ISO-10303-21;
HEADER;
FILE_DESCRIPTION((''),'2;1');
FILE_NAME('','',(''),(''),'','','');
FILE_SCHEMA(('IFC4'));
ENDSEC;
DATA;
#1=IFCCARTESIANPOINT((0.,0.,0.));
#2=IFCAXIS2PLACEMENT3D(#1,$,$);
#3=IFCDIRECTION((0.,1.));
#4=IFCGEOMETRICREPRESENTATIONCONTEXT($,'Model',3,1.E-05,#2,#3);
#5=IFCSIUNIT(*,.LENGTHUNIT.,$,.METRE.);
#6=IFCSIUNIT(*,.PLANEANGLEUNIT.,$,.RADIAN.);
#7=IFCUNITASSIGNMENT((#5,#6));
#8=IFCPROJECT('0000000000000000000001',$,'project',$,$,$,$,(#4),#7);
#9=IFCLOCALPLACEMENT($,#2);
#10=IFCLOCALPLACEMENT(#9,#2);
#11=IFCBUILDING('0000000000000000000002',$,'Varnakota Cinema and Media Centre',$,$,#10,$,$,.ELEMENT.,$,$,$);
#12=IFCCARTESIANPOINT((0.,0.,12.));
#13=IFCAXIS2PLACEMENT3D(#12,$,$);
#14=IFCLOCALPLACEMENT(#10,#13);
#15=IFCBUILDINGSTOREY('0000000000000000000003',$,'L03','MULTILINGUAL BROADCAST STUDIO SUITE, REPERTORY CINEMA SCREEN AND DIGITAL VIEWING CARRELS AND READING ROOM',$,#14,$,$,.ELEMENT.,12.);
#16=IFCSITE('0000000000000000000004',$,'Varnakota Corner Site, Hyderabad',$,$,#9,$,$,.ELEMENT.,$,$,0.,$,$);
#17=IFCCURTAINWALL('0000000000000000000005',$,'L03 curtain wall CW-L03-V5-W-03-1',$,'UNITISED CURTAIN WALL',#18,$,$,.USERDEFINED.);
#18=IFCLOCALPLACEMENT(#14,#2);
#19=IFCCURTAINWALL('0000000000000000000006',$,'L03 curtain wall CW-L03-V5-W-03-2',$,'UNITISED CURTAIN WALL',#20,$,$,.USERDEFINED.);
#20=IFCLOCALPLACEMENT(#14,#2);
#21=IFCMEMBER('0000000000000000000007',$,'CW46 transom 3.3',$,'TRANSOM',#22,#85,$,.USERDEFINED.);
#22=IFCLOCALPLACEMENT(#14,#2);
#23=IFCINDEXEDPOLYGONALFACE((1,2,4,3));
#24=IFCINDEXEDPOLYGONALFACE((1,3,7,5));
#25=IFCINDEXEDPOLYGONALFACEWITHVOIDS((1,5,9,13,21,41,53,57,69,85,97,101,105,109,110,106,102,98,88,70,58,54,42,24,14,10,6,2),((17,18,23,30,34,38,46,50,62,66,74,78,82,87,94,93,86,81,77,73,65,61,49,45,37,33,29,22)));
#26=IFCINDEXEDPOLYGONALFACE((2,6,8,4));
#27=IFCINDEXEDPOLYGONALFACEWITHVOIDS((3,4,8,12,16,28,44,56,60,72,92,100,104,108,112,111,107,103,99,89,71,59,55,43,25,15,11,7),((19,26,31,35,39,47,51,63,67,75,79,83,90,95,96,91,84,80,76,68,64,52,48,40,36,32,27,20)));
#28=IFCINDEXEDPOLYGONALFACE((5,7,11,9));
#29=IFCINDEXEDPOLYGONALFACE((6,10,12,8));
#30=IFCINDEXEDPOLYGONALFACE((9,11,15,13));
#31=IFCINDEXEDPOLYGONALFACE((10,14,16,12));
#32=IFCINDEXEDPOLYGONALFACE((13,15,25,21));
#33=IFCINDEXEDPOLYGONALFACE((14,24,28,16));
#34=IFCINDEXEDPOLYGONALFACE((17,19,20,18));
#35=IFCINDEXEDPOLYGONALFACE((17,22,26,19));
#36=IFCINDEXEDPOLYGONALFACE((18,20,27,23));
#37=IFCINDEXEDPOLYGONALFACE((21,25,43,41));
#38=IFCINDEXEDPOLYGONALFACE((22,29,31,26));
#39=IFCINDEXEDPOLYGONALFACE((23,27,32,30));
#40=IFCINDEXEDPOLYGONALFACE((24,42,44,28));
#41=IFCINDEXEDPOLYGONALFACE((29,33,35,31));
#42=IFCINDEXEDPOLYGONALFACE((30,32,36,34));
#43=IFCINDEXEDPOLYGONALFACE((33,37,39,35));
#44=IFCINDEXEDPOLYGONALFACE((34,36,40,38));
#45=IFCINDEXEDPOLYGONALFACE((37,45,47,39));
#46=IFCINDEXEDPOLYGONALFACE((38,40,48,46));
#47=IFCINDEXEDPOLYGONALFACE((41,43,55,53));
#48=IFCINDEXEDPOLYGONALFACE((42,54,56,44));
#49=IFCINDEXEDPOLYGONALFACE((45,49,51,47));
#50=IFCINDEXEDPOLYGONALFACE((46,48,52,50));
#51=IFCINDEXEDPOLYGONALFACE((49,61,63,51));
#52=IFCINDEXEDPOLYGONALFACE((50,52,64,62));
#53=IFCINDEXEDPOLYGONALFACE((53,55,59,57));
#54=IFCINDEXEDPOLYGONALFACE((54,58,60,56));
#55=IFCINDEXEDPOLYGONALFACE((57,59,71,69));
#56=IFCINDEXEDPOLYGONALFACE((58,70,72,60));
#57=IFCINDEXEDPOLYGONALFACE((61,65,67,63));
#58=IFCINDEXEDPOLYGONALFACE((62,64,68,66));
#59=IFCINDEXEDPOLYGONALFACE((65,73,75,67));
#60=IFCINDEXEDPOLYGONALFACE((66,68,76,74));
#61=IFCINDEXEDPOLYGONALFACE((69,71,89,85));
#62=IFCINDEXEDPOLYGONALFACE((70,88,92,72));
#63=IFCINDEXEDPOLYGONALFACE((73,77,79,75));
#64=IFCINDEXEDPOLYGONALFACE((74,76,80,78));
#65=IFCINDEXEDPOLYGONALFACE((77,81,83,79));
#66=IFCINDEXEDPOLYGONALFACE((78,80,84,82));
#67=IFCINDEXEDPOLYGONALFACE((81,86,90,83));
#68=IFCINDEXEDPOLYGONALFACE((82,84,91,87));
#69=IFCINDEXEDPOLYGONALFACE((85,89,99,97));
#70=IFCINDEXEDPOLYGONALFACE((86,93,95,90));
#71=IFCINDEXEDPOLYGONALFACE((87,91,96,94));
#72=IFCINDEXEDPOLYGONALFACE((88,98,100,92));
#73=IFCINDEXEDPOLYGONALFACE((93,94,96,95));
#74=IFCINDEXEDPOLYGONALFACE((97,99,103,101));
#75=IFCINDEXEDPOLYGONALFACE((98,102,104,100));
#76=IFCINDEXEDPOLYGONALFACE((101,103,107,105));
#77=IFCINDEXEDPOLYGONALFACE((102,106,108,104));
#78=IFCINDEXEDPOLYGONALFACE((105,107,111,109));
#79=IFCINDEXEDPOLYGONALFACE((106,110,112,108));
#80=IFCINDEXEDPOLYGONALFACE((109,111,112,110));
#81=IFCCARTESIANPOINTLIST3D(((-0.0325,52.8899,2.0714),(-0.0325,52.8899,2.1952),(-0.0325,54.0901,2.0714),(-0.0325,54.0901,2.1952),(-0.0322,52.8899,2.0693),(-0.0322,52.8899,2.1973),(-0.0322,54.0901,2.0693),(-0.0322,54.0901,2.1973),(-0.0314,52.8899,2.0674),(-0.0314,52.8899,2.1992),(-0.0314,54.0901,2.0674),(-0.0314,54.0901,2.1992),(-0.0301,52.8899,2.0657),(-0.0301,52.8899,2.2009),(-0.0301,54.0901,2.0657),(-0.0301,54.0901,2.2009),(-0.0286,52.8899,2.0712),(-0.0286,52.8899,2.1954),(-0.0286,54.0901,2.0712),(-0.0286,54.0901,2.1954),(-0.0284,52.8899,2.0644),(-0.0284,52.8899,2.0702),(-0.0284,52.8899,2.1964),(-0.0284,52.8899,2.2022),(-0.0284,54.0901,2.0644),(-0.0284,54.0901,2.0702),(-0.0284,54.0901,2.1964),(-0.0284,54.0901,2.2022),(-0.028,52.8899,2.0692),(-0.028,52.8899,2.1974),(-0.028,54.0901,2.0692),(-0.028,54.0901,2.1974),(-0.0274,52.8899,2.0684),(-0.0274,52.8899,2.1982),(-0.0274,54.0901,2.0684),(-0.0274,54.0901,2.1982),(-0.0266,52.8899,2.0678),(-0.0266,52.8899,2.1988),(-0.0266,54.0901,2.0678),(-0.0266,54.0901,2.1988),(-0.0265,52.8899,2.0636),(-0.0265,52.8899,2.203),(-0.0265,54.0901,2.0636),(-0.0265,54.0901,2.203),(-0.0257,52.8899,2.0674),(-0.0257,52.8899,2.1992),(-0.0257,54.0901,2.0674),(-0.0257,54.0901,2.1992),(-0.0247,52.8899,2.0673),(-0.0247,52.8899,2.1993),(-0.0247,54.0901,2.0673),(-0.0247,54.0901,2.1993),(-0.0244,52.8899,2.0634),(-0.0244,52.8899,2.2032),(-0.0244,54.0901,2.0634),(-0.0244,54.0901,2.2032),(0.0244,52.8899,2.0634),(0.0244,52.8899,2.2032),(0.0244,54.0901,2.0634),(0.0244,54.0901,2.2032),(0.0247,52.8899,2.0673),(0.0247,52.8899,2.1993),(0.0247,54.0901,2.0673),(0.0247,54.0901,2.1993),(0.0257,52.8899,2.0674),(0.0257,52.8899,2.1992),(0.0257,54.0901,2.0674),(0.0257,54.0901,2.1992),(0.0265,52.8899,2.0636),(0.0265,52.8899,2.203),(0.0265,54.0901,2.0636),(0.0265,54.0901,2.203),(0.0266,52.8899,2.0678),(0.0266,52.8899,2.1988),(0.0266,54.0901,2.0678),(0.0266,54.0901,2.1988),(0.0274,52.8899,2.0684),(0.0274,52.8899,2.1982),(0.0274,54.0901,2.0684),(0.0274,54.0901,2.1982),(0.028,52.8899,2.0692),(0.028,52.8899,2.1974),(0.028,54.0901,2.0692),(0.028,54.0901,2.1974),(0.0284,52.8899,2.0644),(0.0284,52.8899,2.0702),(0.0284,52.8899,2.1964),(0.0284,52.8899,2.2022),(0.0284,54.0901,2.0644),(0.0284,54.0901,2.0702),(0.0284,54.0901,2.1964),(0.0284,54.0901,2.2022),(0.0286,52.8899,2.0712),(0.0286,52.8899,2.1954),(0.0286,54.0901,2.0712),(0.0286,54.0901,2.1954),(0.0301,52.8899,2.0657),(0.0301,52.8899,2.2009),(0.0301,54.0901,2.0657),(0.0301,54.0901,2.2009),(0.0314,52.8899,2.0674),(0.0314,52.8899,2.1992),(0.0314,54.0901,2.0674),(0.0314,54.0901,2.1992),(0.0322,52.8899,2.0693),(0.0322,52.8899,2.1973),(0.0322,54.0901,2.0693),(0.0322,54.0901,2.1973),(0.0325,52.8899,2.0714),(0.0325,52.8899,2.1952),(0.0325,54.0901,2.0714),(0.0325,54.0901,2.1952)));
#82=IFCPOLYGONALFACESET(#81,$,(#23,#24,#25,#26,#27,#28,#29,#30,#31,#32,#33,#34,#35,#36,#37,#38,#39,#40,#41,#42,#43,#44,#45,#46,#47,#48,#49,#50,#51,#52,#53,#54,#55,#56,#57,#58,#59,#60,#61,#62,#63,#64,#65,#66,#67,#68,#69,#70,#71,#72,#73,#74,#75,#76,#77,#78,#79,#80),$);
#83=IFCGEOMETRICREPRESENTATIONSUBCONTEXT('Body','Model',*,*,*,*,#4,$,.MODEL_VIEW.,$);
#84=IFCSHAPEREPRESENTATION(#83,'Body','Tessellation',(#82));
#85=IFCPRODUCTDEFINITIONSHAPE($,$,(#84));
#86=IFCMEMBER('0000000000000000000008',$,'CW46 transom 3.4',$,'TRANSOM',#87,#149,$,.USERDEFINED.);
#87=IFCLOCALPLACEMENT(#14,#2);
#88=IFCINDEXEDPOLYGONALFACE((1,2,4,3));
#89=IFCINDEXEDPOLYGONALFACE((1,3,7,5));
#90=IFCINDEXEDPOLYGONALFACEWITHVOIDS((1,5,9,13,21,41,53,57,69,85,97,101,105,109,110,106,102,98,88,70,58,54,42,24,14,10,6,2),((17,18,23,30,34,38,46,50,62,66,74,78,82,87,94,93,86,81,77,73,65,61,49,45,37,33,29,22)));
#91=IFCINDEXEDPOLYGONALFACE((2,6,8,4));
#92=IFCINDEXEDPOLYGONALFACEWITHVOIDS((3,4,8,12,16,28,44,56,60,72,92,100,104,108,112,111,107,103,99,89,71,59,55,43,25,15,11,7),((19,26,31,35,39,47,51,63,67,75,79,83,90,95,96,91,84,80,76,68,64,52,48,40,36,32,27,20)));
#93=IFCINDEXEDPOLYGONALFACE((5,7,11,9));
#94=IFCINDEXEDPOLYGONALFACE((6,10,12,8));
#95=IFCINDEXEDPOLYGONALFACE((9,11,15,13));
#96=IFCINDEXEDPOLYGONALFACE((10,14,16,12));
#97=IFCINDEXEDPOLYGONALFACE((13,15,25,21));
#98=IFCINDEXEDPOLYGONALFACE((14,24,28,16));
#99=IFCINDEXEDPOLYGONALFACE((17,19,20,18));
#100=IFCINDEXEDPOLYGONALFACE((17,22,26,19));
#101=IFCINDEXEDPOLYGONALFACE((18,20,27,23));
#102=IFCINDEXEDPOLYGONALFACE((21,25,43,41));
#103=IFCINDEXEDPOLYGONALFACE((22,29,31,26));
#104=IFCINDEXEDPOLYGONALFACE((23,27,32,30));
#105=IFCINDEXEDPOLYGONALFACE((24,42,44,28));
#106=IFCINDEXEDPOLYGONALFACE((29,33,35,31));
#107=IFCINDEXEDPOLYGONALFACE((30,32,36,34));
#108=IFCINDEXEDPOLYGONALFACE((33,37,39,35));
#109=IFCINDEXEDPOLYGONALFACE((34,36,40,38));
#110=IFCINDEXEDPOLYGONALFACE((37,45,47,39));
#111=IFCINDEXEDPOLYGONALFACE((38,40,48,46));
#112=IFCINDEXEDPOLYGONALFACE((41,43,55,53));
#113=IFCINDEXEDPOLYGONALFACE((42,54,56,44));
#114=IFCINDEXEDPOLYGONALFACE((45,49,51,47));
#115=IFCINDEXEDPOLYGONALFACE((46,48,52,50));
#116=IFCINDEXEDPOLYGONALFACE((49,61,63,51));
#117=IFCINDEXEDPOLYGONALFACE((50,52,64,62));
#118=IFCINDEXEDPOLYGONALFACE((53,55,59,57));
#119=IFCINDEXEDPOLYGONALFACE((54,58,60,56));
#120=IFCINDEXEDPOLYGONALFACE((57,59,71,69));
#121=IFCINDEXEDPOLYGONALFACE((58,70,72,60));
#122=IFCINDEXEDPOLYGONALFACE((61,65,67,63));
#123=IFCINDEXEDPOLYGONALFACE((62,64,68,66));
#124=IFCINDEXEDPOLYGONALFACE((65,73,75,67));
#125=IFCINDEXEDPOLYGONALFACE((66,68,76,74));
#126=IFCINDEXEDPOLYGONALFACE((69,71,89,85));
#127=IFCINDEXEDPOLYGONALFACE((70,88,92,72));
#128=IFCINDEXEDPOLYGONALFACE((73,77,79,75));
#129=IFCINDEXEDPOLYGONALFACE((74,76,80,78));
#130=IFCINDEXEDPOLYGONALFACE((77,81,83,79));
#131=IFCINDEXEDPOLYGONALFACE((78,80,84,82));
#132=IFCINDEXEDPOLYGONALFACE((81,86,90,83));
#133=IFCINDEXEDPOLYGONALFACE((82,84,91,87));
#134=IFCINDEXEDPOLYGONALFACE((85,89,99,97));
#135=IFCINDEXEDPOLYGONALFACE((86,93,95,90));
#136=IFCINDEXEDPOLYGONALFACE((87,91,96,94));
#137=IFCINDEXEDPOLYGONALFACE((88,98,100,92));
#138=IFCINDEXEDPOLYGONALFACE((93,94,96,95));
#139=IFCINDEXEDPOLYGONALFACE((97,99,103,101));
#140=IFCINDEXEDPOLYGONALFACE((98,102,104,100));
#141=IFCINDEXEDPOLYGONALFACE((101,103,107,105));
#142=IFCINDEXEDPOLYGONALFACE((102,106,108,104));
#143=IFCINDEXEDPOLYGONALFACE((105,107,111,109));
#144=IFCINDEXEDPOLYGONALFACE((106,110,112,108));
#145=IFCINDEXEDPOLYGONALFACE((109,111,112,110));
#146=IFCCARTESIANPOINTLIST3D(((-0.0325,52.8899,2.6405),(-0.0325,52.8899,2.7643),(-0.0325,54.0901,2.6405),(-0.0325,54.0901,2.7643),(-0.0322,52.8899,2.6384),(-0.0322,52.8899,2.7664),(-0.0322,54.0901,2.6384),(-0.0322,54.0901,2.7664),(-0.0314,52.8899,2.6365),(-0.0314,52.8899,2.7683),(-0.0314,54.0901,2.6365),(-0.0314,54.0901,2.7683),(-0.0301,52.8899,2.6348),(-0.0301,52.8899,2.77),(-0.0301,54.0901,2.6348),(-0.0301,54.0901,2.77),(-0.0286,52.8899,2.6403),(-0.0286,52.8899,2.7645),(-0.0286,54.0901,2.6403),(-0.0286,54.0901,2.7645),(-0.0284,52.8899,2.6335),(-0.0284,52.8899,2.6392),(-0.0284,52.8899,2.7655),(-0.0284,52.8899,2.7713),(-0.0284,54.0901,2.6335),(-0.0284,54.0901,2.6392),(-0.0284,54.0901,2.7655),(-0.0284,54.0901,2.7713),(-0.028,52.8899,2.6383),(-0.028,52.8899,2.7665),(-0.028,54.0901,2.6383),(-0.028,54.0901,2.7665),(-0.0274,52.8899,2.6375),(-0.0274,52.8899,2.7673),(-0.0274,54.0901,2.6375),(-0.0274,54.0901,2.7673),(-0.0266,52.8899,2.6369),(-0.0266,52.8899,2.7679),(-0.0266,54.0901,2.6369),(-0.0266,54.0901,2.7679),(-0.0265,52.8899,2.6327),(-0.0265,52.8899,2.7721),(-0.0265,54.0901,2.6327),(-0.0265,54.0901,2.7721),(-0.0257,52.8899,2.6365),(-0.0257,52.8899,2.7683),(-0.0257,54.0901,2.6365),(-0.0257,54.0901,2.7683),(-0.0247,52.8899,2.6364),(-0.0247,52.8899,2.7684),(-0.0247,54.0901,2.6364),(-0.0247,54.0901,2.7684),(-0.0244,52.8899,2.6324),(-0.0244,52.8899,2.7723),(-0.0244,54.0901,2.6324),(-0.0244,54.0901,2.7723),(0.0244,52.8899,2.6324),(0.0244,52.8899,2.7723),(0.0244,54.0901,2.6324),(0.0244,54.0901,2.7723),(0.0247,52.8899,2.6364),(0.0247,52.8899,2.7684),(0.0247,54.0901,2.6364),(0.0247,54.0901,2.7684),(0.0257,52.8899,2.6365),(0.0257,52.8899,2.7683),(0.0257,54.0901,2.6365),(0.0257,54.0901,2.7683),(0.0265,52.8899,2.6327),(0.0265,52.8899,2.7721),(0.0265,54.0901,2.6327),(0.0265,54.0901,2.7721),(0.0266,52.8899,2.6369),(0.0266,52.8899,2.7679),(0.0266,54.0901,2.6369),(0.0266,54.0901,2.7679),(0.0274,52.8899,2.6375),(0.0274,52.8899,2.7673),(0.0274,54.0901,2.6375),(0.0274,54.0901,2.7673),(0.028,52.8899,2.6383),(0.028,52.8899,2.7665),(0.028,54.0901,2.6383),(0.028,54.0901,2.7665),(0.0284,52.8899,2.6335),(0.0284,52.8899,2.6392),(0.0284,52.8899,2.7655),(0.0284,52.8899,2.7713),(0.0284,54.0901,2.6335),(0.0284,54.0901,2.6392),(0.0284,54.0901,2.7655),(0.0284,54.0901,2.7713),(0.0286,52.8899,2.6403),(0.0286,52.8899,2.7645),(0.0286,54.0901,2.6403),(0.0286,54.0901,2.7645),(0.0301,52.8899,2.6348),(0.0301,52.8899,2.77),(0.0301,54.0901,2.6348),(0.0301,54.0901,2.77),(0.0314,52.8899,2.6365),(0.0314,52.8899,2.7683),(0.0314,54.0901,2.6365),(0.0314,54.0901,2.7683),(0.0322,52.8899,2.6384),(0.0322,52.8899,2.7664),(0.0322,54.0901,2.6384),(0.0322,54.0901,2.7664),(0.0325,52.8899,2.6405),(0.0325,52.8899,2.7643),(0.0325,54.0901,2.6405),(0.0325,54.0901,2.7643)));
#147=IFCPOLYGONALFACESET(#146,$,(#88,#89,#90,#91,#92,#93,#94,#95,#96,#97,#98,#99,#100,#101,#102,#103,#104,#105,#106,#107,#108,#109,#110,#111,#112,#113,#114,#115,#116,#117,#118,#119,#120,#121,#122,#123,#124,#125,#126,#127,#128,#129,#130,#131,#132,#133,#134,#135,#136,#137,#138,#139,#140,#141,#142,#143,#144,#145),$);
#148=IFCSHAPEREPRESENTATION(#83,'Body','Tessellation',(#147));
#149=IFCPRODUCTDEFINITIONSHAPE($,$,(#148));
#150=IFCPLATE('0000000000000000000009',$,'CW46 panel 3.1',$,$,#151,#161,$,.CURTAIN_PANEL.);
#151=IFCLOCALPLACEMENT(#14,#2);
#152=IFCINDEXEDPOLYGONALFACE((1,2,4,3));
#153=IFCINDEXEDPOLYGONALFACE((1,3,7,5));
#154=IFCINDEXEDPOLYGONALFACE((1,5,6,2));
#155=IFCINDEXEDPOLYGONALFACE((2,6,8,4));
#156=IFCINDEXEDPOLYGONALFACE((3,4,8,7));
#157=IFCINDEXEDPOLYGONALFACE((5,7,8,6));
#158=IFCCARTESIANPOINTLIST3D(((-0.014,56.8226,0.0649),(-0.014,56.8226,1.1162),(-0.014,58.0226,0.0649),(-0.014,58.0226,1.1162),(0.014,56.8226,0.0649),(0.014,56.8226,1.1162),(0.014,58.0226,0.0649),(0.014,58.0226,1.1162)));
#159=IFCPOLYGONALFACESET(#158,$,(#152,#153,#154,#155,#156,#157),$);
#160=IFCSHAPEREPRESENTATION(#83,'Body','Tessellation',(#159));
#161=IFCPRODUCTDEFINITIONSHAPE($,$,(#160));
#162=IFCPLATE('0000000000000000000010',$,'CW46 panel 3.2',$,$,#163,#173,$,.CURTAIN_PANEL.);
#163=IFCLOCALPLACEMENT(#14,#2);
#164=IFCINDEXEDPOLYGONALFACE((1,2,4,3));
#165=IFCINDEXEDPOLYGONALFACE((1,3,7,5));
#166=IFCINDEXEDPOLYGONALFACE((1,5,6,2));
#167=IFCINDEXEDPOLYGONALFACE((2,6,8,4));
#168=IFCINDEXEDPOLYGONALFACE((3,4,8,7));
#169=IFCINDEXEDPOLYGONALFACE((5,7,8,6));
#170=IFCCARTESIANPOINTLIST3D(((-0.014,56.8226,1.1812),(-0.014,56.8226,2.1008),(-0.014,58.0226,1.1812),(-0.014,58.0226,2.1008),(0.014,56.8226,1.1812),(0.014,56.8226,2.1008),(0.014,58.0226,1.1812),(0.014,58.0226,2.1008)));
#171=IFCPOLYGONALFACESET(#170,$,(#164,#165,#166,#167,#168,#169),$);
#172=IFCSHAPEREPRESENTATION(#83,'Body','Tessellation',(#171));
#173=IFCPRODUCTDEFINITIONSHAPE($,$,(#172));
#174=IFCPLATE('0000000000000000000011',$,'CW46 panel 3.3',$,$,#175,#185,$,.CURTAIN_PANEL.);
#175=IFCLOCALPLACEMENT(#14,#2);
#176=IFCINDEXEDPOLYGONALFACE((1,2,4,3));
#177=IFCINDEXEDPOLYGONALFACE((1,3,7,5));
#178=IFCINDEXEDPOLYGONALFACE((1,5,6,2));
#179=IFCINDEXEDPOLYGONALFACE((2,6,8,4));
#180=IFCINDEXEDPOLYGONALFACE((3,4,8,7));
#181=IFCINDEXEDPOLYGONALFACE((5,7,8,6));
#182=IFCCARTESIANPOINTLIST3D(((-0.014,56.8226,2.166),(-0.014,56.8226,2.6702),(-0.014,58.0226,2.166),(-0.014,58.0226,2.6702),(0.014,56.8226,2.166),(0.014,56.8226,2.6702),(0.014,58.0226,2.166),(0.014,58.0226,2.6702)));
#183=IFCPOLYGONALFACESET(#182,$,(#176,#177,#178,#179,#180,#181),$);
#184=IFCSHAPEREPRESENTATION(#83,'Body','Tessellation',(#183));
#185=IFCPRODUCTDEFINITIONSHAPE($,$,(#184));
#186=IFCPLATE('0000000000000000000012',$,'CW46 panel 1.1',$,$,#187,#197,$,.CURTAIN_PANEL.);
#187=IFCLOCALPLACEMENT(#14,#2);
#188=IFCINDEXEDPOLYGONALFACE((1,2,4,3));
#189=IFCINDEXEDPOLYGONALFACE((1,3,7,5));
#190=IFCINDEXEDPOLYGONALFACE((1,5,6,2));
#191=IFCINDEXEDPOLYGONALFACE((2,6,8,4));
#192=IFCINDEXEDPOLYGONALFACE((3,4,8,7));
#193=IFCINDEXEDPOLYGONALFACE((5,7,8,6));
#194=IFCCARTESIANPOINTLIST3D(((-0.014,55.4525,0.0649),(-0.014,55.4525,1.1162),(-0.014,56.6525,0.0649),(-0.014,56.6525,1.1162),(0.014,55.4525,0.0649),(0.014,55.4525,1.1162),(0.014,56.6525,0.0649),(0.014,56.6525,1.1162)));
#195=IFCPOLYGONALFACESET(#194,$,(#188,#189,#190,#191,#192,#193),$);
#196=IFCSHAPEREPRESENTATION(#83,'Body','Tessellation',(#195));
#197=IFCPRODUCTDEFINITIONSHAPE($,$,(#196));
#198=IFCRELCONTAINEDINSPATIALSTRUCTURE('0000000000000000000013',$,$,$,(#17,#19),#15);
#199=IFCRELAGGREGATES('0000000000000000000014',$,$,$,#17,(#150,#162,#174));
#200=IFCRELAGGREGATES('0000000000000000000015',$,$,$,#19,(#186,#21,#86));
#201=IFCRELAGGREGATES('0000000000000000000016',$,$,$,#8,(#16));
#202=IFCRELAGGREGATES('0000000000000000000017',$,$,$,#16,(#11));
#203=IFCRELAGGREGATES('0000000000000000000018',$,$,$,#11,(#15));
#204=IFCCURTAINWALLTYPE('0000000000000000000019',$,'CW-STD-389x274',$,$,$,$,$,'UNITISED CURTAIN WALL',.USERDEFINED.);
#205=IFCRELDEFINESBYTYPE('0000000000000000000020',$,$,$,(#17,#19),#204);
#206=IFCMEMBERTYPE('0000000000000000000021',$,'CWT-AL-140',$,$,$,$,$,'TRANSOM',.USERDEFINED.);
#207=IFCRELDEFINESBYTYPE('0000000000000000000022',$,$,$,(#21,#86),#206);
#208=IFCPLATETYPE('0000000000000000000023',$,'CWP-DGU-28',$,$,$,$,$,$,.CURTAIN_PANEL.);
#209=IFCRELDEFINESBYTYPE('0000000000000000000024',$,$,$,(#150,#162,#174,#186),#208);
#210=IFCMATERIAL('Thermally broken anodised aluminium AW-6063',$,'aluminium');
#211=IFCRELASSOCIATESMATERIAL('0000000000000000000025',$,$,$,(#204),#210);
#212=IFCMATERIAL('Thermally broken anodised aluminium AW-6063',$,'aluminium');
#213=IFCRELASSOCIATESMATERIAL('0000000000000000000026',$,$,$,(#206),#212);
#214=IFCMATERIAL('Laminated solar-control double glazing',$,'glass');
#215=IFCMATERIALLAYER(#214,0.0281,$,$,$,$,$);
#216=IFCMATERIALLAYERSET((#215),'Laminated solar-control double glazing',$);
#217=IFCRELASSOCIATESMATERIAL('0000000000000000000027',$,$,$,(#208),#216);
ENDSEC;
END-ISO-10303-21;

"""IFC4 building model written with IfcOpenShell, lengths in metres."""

from ifc_helpers import new_model, si_unit, direction, frame, origin, origin_2d, place, context, subcontext, project, spatial, rectangle, hollow_rectangle, extrude, material, layer, layer_set, material_profile, profile_set, type_object, element, aggregate, save


model = new_model("IFC4")

# Units and contexts
model_context = context("Model", 3, precision=1e-05, world=origin(), true_north=direction((0.0, 1.0)))
body_context = subcontext(model_context, "Body", "Model", "MODEL_VIEW")
ifc_project = project(units=[si_unit("LENGTHUNIT", "METRE"), si_unit("PLANEANGLEUNIT", "RADIAN")], contexts=[model_context])

# Site, building, storey
site_placement = place(None, origin())
site = spatial("IfcSite", under=ifc_project, at=site_placement, Name="Varnakota Corner Site, Hyderabad", CompositionType="ELEMENT", RefElevation=0.0)
building_placement = place(site_placement, origin())
building = spatial("IfcBuilding", under=site, at=building_placement, Name="Varnakota Cinema and Media Centre", CompositionType="ELEMENT")
storey_placement = place(building_placement, frame((0.0, 0.0, 12.0)))
storey = spatial("IfcBuildingStorey", under=building, at=storey_placement, Name="L03", Description="MULTILINGUAL BROADCAST STUDIO SUITE, REPERTORY CINEMA SCREEN AND DIGITAL VIEWING CARRELS AND READING ROOM", CompositionType="ELEMENT", Elevation=12.0)

# Curtain wall
ifc_material_1 = material(Name="Thermally broken anodised aluminium AW-6063", Category="aluminium")
curtain_wall_type = type_object("IfcCurtainWallType", Name="CW-STD-389x274", ElementType="UNITISED CURTAIN WALL", PredefinedType="USERDEFINED", material=ifc_material_1)
curtain_wall_1_placement = place(storey_placement, origin())
curtain_wall_1 = element("IfcCurtainWall", 1, at=curtain_wall_1_placement, inside=storey, type_object=curtain_wall_type, Name="L03 curtain wall CW-L03-V5-W-03-1", ObjectType="UNITISED CURTAIN WALL", PredefinedType="USERDEFINED")

# Curtain wall, members
curtain_wall_2_placement = place(storey_placement, origin())
curtain_wall_2 = element("IfcCurtainWall", 2, at=curtain_wall_2_placement, inside=storey, type_object=curtain_wall_type, Name="L03 curtain wall CW-L03-V5-W-03-2", ObjectType="UNITISED CURTAIN WALL", PredefinedType="USERDEFINED")
ifc_material_2 = material(Name="Thermally broken anodised aluminium AW-6063", Category="aluminium")
ifc_material_profile_1 = material_profile(ifc_material_2, hollow_rectangle(XDim=0.0649, YDim=0.1399, WallThickness=0.0039, InnerFilletRadius=0.0039, OuterFilletRadius=0.0081, at=origin_2d()), Name="AL-TRANSOM 140x65x4")
ifc_profile_set_1 = profile_set([ifc_material_profile_1], Name="Thermally broken anodised aluminium AW-6063")
member_type_1 = type_object("IfcMemberType", Name="CWT-AL-140", ElementType="TRANSOM", PredefinedType="USERDEFINED", material=ifc_profile_set_1)
member_1_placement = place(storey_placement, frame((0.0, 54.0901, 2.1333), z_axis=(0.0, -1.0, 0.0), x_axis=(1.0, 0.0, 0.0)))
member_1 = element("IfcMember", 3, at=member_1_placement, type_object=member_type_1, Name="CW46 transom 3.3", ObjectType="TRANSOM", PredefinedType="USERDEFINED", context=body_context, shape_type="SweptSolid", body=[
    extrude(hollow_rectangle(XDim=0.0649, YDim=0.1399, WallThickness=0.0039, InnerFilletRadius=0.0039, OuterFilletRadius=0.0081, at=origin_2d()), origin(), (0.0, 0.0, 1.0), 1.2002),
])
member_2_placement = place(storey_placement, frame((0.0, 54.0901, 2.7024), z_axis=(0.0, -1.0, 0.0), x_axis=(1.0, 0.0, 0.0)))
member_2 = element("IfcMember", 4, at=member_2_placement, type_object=member_type_1, Name="CW46 transom 3.4", ObjectType="TRANSOM", PredefinedType="USERDEFINED", context=body_context, shape_type="SweptSolid", body=[
    extrude(hollow_rectangle(XDim=0.0649, YDim=0.1399, WallThickness=0.0039, InnerFilletRadius=0.0039, OuterFilletRadius=0.0081, at=origin_2d()), origin(), (0.0, 0.0, 1.0), 1.2002),
])

# Plates
ifc_material_3 = material(Name="Laminated solar-control double glazing", Category="glass")
ifc_layer = layer(ifc_material_3, 0.0281)
ifc_layer_set = layer_set([ifc_layer], Name="Laminated solar-control double glazing")
plate_type = type_object("IfcPlateType", Name="CWP-DGU-28", PredefinedType="CURTAIN_PANEL", material=ifc_layer_set)
plate_1_placement = place(storey_placement, frame((0.0, 57.4226, 0.0649), z_axis=(0.0, 0.0, 1.0), x_axis=(0.0, -1.0, 0.0)))
plate_1 = element("IfcPlate", 5, at=plate_1_placement, type_object=plate_type, Name="CW46 panel 3.1", PredefinedType="CURTAIN_PANEL", context=body_context, shape_type="SweptSolid", body=[
    extrude(rectangle(XDim=1.2, YDim=0.0281, at=origin_2d()), origin(), (0.0, 0.0, 1.0), 1.0513),
])
plate_2_placement = place(storey_placement, frame((0.0, 57.4226, 1.1812), z_axis=(0.0, 0.0, 1.0), x_axis=(0.0, -1.0, 0.0)))
plate_2 = element("IfcPlate", 6, at=plate_2_placement, type_object=plate_type, Name="CW46 panel 3.2", PredefinedType="CURTAIN_PANEL", context=body_context, shape_type="SweptSolid", body=[
    extrude(rectangle(XDim=1.2, YDim=0.0281, at=origin_2d()), origin(), (0.0, 0.0, 1.0), 0.9197),
])
plate_3_placement = place(storey_placement, frame((0.0, 57.4226, 2.166), z_axis=(0.0, 0.0, 1.0), x_axis=(0.0, -1.0, 0.0)))
plate_3 = element("IfcPlate", 7, at=plate_3_placement, type_object=plate_type, Name="CW46 panel 3.3", PredefinedType="CURTAIN_PANEL", context=body_context, shape_type="SweptSolid", body=[
    extrude(rectangle(XDim=1.2, YDim=0.0281, at=origin_2d()), origin(), (0.0, 0.0, 1.0), 0.5042),
])
aggregate(curtain_wall_1, [plate_1, plate_2, plate_3])
plate_4_placement = place(storey_placement, frame((0.0, 56.0525, 0.0649), z_axis=(0.0, 0.0, 1.0), x_axis=(0.0, -1.0, 0.0)))
plate_4 = element("IfcPlate", 8, at=plate_4_placement, type_object=plate_type, Name="CW46 panel 1.1", PredefinedType="CURTAIN_PANEL", context=body_context, shape_type="SweptSolid", body=[
    extrude(rectangle(XDim=1.2, YDim=0.0281, at=origin_2d()), origin(), (0.0, 0.0, 1.0), 1.0513),
])
aggregate(curtain_wall_2, [plate_4, member_1, member_2])

save(model, "model.ifc")
